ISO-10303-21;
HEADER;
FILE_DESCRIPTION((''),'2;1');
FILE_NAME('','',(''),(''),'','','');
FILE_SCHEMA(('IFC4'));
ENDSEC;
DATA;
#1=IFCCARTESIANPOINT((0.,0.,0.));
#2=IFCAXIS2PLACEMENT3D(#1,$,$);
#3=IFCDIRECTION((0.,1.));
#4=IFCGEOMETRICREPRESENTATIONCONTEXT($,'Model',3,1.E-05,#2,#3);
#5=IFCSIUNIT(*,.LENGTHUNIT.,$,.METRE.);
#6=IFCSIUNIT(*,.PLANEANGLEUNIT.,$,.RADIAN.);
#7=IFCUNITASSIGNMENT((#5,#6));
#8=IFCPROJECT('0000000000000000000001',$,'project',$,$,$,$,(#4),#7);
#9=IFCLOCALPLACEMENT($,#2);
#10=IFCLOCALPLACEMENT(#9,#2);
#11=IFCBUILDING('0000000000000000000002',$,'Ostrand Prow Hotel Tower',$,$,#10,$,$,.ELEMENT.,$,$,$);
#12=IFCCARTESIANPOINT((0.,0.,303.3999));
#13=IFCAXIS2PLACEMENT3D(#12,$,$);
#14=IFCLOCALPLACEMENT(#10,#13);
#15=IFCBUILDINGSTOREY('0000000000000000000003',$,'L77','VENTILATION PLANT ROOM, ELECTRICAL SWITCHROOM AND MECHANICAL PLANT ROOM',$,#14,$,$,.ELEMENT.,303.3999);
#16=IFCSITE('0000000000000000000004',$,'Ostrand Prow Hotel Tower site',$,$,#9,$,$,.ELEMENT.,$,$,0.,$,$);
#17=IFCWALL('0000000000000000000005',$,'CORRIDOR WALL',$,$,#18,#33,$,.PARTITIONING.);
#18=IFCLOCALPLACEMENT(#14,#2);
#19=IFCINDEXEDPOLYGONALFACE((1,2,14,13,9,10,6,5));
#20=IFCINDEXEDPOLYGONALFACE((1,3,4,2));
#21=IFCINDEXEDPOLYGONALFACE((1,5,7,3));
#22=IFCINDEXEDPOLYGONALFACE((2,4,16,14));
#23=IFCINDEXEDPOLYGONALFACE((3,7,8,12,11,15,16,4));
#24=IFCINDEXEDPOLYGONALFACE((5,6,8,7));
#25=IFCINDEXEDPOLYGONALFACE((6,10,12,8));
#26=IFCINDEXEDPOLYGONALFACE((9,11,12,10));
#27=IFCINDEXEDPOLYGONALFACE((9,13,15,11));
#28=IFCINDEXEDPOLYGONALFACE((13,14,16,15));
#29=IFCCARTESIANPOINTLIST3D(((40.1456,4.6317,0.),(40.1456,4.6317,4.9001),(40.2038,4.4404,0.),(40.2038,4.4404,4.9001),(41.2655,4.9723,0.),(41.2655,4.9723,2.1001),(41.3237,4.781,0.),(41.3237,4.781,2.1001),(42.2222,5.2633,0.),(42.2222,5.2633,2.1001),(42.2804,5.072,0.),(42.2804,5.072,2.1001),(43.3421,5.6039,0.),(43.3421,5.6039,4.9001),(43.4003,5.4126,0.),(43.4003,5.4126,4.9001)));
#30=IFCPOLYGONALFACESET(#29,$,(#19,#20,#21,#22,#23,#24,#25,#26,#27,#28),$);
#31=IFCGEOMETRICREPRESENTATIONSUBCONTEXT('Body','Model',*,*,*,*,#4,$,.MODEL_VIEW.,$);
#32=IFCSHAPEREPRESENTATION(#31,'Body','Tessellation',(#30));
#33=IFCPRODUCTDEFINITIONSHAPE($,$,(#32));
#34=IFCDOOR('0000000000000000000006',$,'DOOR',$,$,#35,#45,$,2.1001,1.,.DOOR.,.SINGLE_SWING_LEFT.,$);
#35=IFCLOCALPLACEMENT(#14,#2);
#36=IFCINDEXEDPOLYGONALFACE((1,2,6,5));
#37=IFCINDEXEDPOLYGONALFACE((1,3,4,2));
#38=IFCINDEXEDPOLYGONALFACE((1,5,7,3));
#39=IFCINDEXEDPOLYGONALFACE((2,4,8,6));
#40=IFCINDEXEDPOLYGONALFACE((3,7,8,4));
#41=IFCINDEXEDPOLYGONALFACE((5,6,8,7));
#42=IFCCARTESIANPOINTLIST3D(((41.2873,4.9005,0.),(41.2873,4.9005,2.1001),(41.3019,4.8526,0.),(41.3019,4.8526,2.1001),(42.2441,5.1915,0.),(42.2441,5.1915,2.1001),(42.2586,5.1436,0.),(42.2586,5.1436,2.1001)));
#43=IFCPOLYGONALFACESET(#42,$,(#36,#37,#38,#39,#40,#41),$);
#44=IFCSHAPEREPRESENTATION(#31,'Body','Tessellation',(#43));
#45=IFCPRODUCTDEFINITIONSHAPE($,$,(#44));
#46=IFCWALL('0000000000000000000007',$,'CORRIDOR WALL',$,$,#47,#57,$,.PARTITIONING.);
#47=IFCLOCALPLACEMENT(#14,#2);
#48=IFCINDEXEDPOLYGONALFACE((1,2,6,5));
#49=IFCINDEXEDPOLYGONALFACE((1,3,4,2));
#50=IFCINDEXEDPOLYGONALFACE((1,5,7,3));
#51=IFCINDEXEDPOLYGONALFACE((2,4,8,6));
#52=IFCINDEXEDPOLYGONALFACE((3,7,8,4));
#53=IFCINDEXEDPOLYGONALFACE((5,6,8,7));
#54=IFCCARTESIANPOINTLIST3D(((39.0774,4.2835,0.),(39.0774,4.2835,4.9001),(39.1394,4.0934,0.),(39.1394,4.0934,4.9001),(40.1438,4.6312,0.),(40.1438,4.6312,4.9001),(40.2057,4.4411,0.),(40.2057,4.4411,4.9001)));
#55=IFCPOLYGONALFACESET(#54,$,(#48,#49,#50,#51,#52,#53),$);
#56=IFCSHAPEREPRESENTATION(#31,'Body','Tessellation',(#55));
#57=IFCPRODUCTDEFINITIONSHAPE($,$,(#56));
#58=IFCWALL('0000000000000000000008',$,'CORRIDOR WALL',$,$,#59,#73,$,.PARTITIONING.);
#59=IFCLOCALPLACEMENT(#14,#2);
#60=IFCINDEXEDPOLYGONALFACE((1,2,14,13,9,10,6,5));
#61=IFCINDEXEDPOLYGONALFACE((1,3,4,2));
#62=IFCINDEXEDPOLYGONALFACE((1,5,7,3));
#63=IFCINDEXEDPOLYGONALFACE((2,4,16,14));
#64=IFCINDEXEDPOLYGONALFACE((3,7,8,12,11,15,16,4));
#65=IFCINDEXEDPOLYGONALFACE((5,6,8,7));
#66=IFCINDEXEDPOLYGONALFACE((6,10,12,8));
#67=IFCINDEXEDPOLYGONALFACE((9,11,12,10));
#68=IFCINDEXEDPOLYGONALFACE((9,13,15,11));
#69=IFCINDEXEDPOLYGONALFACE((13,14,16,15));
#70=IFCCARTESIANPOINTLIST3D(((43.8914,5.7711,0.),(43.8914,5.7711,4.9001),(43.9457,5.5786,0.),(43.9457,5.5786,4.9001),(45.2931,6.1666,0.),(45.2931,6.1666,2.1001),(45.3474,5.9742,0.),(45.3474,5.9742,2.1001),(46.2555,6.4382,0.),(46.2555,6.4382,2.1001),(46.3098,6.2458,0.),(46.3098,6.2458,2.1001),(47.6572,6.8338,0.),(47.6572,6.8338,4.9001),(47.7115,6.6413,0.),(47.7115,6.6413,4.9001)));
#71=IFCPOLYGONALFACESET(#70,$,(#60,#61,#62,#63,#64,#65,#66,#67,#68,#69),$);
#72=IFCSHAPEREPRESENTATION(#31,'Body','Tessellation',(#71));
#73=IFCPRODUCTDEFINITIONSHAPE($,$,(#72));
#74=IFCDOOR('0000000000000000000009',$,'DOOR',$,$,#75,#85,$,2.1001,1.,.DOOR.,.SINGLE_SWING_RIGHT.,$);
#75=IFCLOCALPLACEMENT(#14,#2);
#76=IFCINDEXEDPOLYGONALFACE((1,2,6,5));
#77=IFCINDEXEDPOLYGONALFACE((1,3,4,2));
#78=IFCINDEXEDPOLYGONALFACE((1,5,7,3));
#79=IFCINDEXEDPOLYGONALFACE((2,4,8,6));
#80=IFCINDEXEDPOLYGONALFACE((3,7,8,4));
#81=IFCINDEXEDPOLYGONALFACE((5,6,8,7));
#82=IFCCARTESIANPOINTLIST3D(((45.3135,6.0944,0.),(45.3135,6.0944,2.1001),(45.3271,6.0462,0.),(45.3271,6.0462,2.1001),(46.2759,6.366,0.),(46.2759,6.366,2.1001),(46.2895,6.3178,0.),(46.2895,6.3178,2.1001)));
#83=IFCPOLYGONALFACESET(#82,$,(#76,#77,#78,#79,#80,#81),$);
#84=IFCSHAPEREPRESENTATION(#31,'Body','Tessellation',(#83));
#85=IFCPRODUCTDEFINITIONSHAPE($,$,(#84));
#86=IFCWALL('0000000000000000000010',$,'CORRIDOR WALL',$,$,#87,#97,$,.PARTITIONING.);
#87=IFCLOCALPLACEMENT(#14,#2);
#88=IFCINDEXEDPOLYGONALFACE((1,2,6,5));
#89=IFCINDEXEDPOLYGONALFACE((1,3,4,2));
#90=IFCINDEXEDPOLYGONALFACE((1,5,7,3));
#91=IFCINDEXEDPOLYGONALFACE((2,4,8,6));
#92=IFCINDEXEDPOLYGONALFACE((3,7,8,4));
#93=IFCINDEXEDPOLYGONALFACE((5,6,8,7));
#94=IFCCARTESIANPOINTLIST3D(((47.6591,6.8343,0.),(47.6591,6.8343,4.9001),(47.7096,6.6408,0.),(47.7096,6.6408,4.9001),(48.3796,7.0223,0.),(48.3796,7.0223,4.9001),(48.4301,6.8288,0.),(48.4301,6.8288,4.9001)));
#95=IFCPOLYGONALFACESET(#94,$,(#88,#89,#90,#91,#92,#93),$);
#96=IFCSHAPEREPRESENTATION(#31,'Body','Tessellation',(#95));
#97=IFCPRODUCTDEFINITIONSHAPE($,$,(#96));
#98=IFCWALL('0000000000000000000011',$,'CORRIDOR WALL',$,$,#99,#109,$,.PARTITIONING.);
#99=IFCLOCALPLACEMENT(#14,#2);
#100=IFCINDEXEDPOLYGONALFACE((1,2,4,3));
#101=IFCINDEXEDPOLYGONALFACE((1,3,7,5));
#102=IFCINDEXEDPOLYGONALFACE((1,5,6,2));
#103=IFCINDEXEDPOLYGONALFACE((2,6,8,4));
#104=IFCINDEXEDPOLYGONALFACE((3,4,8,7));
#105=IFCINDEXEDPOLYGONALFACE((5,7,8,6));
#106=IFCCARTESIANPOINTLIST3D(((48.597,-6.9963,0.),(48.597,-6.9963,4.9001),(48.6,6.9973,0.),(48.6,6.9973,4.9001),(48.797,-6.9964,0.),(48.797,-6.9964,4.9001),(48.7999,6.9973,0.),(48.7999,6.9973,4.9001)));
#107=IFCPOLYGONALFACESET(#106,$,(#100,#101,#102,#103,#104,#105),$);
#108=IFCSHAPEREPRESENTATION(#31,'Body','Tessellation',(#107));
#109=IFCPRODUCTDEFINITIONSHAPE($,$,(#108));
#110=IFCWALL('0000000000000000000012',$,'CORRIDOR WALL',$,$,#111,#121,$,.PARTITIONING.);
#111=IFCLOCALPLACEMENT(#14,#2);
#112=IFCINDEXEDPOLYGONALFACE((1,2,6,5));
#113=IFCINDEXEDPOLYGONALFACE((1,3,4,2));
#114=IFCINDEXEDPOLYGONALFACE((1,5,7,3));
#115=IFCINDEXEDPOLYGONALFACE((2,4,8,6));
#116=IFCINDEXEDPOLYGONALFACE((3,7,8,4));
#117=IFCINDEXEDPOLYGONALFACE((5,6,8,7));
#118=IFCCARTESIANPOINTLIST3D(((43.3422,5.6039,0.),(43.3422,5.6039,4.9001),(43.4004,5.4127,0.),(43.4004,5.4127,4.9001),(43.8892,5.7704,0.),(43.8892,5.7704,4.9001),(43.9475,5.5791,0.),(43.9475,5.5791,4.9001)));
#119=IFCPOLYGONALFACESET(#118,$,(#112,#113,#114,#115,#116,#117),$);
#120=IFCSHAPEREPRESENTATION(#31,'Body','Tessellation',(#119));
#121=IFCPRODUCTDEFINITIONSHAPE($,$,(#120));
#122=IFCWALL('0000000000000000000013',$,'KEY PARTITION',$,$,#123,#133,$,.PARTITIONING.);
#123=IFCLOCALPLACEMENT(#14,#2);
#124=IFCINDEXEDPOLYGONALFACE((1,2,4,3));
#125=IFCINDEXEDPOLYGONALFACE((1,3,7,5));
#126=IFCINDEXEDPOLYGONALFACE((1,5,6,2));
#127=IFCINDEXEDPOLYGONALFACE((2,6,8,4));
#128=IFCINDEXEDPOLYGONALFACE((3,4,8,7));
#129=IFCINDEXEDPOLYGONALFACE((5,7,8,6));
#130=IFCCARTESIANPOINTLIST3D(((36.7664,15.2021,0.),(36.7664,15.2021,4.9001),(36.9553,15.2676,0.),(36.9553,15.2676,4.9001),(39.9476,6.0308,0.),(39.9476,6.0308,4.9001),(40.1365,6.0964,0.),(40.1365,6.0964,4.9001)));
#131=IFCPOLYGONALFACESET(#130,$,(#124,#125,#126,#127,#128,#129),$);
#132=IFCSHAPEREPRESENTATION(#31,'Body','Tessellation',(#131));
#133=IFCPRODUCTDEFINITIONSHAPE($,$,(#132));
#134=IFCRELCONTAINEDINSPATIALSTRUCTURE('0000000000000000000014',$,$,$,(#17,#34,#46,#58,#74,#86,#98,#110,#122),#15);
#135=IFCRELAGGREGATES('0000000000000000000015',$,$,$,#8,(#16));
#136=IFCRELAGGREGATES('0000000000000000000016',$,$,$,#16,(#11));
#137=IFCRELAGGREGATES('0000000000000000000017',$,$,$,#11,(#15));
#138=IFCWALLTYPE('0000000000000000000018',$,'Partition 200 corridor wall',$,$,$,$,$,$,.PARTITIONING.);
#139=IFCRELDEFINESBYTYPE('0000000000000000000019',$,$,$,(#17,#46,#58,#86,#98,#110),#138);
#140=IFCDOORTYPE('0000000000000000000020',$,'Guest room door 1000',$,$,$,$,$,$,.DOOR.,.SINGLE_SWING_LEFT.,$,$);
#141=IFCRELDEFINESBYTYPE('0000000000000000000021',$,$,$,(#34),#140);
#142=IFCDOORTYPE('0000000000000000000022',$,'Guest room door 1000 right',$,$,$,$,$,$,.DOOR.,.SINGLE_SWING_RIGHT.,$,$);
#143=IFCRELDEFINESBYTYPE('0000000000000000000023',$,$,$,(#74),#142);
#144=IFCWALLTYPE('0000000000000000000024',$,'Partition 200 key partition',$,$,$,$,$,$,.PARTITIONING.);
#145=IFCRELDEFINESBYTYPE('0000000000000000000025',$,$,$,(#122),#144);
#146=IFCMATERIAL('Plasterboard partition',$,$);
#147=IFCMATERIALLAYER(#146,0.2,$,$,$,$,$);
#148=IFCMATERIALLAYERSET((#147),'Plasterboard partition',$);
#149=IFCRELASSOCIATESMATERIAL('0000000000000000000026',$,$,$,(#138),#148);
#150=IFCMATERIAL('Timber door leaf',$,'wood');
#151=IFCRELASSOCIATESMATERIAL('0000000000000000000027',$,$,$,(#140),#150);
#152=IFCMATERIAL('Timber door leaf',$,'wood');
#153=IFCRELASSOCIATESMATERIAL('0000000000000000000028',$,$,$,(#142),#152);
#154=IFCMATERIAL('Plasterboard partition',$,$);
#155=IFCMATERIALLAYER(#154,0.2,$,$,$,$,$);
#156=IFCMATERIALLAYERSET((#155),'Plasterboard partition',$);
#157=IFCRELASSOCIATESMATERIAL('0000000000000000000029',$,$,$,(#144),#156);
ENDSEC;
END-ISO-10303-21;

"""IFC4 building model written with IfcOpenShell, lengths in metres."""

from ifc_helpers import new_model, si_unit, direction, frame, frame_2d, origin, place, context, subcontext, project, spatial, rectangle, extrude, material, layer, layer_set, type_object, element, fill, save


model = new_model("IFC4")

# Units and contexts
model_context = context("Model", 3, precision=1e-05, world=origin(), true_north=direction((0.0, 1.0)))
body_context = subcontext(model_context, "Body", "Model", "MODEL_VIEW")
ifc_project = project(units=[si_unit("LENGTHUNIT", "METRE"), si_unit("PLANEANGLEUNIT", "RADIAN")], contexts=[model_context])

# Site, building, storey
site_placement = place(None, origin())
site = spatial("IfcSite", under=ifc_project, at=site_placement, Name="Ostrand Prow Hotel Tower site", CompositionType="ELEMENT", RefElevation=0.0)
building_placement = place(site_placement, origin())
building = spatial("IfcBuilding", under=site, at=building_placement, Name="Ostrand Prow Hotel Tower", CompositionType="ELEMENT")
storey_placement = place(building_placement, frame((0.0, 0.0, 303.3999)))
storey = spatial("IfcBuildingStorey", under=building, at=storey_placement, Name="L77", Description="VENTILATION PLANT ROOM, ELECTRICAL SWITCHROOM AND MECHANICAL PLANT ROOM", CompositionType="ELEMENT", Elevation=303.3999)

# Wall, opening, door
ifc_material_1 = material(Name="Plasterboard partition")
ifc_layer_1 = layer(ifc_material_1, 0.2)
ifc_layer_set_1 = layer_set([ifc_layer_1], Name="Plasterboard partition")
wall_type_1 = type_object("IfcWallType", Name="Partition 200 corridor wall", PredefinedType="PARTITIONING", material=ifc_layer_set_1)
ifc_material_2 = material(Name="Timber door leaf", Category="wood")
door_type_1 = type_object("IfcDoorType", Name="Guest room door 1000", OperationType="SINGLE_SWING_LEFT", PredefinedType="DOOR", material=ifc_material_2)
wall_1_placement = place(storey_placement, frame((40.1748, 4.5361, 0.0), z_axis=(0.0, 0.0, 1.0), x_axis=(0.956731, 0.290973, 0.0)))
wall_1 = element("IfcWall", 1, at=wall_1_placement, inside=storey, type_object=wall_type_1, Name="CORRIDOR WALL", PredefinedType="PARTITIONING", context=body_context, shape_type="SweptSolid", body=[
    extrude(rectangle(XDim=3.3411, YDim=0.2, at=frame_2d((1.6704, 0.0))), origin(), (0.0, 0.0, 1.0), 4.9001),
])
opening_1_placement = place(wall_1_placement, frame((1.1704, 0.0, 0.0)))
opening_1 = element("IfcOpeningElement", 2, at=opening_1_placement, cuts=wall_1, PredefinedType="OPENING", context=body_context, shape_type="SweptSolid", body=[
    extrude(rectangle(XDim=1.0, YDim=2.1001, at=frame_2d((0.5, 1.05))), frame((0.0, 0.1099, 0.0), z_axis=(0.0, -1.0, 0.0), x_axis=(1.0, 0.0, 0.0)), (0.0, 0.0, 1.0), 0.22),
])
door_1_placement = place(opening_1_placement, origin())
door_1 = element("IfcDoor", 3, at=door_1_placement, inside=storey, type_object=door_type_1, Name="DOOR", OperationType="SINGLE_SWING_LEFT", OverallHeight=2.1001, OverallWidth=1.0, PredefinedType="DOOR", context=body_context, shape_type="SweptSolid", body=[
    extrude(rectangle(XDim=1.0, YDim=2.1001, at=frame_2d((0.5, 1.05))), frame((0.0, 0.0249, 0.0), z_axis=(0.0, -1.0, 0.0), x_axis=(1.0, 0.0, 0.0)), (0.0, 0.0, 1.0), 0.05),
])
fill(opening_1, door_1)

# Wall
wall_2_placement = place(storey_placement, frame((39.1084, 4.1885, 0.0), z_axis=(0.0, 0.0, 1.0), x_axis=(0.950752, 0.309952, 0.0)))
element("IfcWall", 4, at=wall_2_placement, inside=storey, type_object=wall_type_1, Name="CORRIDOR WALL", PredefinedType="PARTITIONING", context=body_context, shape_type="SweptSolid", body=[
    extrude(rectangle(XDim=1.1216, YDim=0.2, at=frame_2d((0.5608, 0.0))), origin(), (0.0, 0.0, 1.0), 4.9001),
])

# Wall, opening, door
wall_3_placement = place(storey_placement, frame((43.9185, 5.6748, 0.0), z_axis=(0.0, 0.0, 1.0), x_axis=(0.962411, 0.271596, 0.0)))
wall_3 = element("IfcWall", 5, at=wall_3_placement, inside=storey, type_object=wall_type_1, Name="CORRIDOR WALL", PredefinedType="PARTITIONING", context=body_context, shape_type="SweptSolid", body=[
    extrude(rectangle(XDim=3.9128, YDim=0.2, at=frame_2d((1.9565, 0.0))), origin(), (0.0, 0.0, 1.0), 4.9001),
])
opening_2_placement = place(wall_3_placement, frame((1.4565, 0.0, 0.0)))
opening_2 = element("IfcOpeningElement", 6, at=opening_2_placement, cuts=wall_3, PredefinedType="OPENING", context=body_context, shape_type="SweptSolid", body=[
    extrude(rectangle(XDim=1.0, YDim=2.1001, at=frame_2d((0.5, 1.05))), frame((0.0, 0.1099, 0.0), z_axis=(0.0, -1.0, 0.0), x_axis=(1.0, 0.0, 0.0)), (0.0, 0.0, 1.0), 0.22),
])
ifc_material_3 = material(Name="Timber door leaf", Category="wood")
door_type_2 = type_object("IfcDoorType", Name="Guest room door 1000 right", OperationType="SINGLE_SWING_RIGHT", PredefinedType="DOOR", material=ifc_material_3)
door_2_placement = place(opening_2_placement, origin())
door_2 = element("IfcDoor", 7, at=door_2_placement, inside=storey, type_object=door_type_2, Name="DOOR", OperationType="SINGLE_SWING_RIGHT", OverallHeight=2.1001, OverallWidth=1.0, PredefinedType="DOOR", context=body_context, shape_type="SweptSolid", body=[
    extrude(rectangle(XDim=1.0, YDim=2.1001, at=frame_2d((0.5, 1.05))), frame((0.0, 0.0249, 0.0), z_axis=(0.0, -1.0, 0.0), x_axis=(1.0, 0.0, 0.0)), (0.0, 0.0, 1.0), 0.05),
])
fill(opening_2, door_2)

# Walls
wall_4_placement = place(storey_placement, frame((47.6843, 6.7375, 0.0), z_axis=(0.0, 0.0, 1.0), x_axis=(0.967603, 0.252475, 0.0)))
element("IfcWall", 8, at=wall_4_placement, inside=storey, type_object=wall_type_1, Name="CORRIDOR WALL", PredefinedType="PARTITIONING", context=body_context, shape_type="SweptSolid", body=[
    extrude(rectangle(XDim=0.7446, YDim=0.2, at=frame_2d((0.3723, 0.0))), origin(), (0.0, 0.0, 1.0), 4.9001),
])
wall_5_placement = place(storey_placement, frame((48.7, 6.9973, 0.0), z_axis=(0.0, 0.0, 1.0), x_axis=(-0.000209, -1.0, 0.0)))
element("IfcWall", 9, at=wall_5_placement, inside=storey, type_object=wall_type_1, Name="CORRIDOR WALL", PredefinedType="PARTITIONING", context=body_context, shape_type="SweptSolid", body=[
    extrude(rectangle(XDim=13.9937, YDim=0.2, at=frame_2d((6.9968, 0.0))), origin(), (0.0, 0.0, 1.0), 4.9001),
])
wall_6_placement = place(storey_placement, frame((43.3713, 5.5083, 0.0), z_axis=(0.0, 0.0, 1.0), x_axis=(0.956679, 0.291145, 0.0)))
element("IfcWall", 10, at=wall_6_placement, inside=storey, type_object=wall_type_1, Name="CORRIDOR WALL", PredefinedType="PARTITIONING", context=body_context, shape_type="SweptSolid", body=[
    extrude(rectangle(XDim=0.5718, YDim=0.2, at=frame_2d((0.2859, 0.0))), origin(), (0.0, 0.0, 1.0), 4.9001),
])
ifc_material_4 = material(Name="Plasterboard partition")
ifc_layer_2 = layer(ifc_material_4, 0.2)
ifc_layer_set_2 = layer_set([ifc_layer_2], Name="Plasterboard partition")
wall_type_2 = type_object("IfcWallType", Name="Partition 200 key partition", PredefinedType="PARTITIONING", material=ifc_layer_set_2)
wall_7_placement = place(storey_placement, frame((40.042, 6.0637, 0.0), z_axis=(0.0, 0.0, 1.0), x_axis=(-0.327711, 0.944778, 0.0)))
element("IfcWall", 11, at=wall_7_placement, inside=storey, type_object=wall_type_2, Name="KEY PARTITION", PredefinedType="PARTITIONING", context=body_context, shape_type="SweptSolid", body=[
    extrude(rectangle(XDim=9.7073, YDim=0.2, at=frame_2d((4.8535, 0.0))), origin(), (0.0, 0.0, 1.0), 4.9001),
])

save(model, "model.ifc")
